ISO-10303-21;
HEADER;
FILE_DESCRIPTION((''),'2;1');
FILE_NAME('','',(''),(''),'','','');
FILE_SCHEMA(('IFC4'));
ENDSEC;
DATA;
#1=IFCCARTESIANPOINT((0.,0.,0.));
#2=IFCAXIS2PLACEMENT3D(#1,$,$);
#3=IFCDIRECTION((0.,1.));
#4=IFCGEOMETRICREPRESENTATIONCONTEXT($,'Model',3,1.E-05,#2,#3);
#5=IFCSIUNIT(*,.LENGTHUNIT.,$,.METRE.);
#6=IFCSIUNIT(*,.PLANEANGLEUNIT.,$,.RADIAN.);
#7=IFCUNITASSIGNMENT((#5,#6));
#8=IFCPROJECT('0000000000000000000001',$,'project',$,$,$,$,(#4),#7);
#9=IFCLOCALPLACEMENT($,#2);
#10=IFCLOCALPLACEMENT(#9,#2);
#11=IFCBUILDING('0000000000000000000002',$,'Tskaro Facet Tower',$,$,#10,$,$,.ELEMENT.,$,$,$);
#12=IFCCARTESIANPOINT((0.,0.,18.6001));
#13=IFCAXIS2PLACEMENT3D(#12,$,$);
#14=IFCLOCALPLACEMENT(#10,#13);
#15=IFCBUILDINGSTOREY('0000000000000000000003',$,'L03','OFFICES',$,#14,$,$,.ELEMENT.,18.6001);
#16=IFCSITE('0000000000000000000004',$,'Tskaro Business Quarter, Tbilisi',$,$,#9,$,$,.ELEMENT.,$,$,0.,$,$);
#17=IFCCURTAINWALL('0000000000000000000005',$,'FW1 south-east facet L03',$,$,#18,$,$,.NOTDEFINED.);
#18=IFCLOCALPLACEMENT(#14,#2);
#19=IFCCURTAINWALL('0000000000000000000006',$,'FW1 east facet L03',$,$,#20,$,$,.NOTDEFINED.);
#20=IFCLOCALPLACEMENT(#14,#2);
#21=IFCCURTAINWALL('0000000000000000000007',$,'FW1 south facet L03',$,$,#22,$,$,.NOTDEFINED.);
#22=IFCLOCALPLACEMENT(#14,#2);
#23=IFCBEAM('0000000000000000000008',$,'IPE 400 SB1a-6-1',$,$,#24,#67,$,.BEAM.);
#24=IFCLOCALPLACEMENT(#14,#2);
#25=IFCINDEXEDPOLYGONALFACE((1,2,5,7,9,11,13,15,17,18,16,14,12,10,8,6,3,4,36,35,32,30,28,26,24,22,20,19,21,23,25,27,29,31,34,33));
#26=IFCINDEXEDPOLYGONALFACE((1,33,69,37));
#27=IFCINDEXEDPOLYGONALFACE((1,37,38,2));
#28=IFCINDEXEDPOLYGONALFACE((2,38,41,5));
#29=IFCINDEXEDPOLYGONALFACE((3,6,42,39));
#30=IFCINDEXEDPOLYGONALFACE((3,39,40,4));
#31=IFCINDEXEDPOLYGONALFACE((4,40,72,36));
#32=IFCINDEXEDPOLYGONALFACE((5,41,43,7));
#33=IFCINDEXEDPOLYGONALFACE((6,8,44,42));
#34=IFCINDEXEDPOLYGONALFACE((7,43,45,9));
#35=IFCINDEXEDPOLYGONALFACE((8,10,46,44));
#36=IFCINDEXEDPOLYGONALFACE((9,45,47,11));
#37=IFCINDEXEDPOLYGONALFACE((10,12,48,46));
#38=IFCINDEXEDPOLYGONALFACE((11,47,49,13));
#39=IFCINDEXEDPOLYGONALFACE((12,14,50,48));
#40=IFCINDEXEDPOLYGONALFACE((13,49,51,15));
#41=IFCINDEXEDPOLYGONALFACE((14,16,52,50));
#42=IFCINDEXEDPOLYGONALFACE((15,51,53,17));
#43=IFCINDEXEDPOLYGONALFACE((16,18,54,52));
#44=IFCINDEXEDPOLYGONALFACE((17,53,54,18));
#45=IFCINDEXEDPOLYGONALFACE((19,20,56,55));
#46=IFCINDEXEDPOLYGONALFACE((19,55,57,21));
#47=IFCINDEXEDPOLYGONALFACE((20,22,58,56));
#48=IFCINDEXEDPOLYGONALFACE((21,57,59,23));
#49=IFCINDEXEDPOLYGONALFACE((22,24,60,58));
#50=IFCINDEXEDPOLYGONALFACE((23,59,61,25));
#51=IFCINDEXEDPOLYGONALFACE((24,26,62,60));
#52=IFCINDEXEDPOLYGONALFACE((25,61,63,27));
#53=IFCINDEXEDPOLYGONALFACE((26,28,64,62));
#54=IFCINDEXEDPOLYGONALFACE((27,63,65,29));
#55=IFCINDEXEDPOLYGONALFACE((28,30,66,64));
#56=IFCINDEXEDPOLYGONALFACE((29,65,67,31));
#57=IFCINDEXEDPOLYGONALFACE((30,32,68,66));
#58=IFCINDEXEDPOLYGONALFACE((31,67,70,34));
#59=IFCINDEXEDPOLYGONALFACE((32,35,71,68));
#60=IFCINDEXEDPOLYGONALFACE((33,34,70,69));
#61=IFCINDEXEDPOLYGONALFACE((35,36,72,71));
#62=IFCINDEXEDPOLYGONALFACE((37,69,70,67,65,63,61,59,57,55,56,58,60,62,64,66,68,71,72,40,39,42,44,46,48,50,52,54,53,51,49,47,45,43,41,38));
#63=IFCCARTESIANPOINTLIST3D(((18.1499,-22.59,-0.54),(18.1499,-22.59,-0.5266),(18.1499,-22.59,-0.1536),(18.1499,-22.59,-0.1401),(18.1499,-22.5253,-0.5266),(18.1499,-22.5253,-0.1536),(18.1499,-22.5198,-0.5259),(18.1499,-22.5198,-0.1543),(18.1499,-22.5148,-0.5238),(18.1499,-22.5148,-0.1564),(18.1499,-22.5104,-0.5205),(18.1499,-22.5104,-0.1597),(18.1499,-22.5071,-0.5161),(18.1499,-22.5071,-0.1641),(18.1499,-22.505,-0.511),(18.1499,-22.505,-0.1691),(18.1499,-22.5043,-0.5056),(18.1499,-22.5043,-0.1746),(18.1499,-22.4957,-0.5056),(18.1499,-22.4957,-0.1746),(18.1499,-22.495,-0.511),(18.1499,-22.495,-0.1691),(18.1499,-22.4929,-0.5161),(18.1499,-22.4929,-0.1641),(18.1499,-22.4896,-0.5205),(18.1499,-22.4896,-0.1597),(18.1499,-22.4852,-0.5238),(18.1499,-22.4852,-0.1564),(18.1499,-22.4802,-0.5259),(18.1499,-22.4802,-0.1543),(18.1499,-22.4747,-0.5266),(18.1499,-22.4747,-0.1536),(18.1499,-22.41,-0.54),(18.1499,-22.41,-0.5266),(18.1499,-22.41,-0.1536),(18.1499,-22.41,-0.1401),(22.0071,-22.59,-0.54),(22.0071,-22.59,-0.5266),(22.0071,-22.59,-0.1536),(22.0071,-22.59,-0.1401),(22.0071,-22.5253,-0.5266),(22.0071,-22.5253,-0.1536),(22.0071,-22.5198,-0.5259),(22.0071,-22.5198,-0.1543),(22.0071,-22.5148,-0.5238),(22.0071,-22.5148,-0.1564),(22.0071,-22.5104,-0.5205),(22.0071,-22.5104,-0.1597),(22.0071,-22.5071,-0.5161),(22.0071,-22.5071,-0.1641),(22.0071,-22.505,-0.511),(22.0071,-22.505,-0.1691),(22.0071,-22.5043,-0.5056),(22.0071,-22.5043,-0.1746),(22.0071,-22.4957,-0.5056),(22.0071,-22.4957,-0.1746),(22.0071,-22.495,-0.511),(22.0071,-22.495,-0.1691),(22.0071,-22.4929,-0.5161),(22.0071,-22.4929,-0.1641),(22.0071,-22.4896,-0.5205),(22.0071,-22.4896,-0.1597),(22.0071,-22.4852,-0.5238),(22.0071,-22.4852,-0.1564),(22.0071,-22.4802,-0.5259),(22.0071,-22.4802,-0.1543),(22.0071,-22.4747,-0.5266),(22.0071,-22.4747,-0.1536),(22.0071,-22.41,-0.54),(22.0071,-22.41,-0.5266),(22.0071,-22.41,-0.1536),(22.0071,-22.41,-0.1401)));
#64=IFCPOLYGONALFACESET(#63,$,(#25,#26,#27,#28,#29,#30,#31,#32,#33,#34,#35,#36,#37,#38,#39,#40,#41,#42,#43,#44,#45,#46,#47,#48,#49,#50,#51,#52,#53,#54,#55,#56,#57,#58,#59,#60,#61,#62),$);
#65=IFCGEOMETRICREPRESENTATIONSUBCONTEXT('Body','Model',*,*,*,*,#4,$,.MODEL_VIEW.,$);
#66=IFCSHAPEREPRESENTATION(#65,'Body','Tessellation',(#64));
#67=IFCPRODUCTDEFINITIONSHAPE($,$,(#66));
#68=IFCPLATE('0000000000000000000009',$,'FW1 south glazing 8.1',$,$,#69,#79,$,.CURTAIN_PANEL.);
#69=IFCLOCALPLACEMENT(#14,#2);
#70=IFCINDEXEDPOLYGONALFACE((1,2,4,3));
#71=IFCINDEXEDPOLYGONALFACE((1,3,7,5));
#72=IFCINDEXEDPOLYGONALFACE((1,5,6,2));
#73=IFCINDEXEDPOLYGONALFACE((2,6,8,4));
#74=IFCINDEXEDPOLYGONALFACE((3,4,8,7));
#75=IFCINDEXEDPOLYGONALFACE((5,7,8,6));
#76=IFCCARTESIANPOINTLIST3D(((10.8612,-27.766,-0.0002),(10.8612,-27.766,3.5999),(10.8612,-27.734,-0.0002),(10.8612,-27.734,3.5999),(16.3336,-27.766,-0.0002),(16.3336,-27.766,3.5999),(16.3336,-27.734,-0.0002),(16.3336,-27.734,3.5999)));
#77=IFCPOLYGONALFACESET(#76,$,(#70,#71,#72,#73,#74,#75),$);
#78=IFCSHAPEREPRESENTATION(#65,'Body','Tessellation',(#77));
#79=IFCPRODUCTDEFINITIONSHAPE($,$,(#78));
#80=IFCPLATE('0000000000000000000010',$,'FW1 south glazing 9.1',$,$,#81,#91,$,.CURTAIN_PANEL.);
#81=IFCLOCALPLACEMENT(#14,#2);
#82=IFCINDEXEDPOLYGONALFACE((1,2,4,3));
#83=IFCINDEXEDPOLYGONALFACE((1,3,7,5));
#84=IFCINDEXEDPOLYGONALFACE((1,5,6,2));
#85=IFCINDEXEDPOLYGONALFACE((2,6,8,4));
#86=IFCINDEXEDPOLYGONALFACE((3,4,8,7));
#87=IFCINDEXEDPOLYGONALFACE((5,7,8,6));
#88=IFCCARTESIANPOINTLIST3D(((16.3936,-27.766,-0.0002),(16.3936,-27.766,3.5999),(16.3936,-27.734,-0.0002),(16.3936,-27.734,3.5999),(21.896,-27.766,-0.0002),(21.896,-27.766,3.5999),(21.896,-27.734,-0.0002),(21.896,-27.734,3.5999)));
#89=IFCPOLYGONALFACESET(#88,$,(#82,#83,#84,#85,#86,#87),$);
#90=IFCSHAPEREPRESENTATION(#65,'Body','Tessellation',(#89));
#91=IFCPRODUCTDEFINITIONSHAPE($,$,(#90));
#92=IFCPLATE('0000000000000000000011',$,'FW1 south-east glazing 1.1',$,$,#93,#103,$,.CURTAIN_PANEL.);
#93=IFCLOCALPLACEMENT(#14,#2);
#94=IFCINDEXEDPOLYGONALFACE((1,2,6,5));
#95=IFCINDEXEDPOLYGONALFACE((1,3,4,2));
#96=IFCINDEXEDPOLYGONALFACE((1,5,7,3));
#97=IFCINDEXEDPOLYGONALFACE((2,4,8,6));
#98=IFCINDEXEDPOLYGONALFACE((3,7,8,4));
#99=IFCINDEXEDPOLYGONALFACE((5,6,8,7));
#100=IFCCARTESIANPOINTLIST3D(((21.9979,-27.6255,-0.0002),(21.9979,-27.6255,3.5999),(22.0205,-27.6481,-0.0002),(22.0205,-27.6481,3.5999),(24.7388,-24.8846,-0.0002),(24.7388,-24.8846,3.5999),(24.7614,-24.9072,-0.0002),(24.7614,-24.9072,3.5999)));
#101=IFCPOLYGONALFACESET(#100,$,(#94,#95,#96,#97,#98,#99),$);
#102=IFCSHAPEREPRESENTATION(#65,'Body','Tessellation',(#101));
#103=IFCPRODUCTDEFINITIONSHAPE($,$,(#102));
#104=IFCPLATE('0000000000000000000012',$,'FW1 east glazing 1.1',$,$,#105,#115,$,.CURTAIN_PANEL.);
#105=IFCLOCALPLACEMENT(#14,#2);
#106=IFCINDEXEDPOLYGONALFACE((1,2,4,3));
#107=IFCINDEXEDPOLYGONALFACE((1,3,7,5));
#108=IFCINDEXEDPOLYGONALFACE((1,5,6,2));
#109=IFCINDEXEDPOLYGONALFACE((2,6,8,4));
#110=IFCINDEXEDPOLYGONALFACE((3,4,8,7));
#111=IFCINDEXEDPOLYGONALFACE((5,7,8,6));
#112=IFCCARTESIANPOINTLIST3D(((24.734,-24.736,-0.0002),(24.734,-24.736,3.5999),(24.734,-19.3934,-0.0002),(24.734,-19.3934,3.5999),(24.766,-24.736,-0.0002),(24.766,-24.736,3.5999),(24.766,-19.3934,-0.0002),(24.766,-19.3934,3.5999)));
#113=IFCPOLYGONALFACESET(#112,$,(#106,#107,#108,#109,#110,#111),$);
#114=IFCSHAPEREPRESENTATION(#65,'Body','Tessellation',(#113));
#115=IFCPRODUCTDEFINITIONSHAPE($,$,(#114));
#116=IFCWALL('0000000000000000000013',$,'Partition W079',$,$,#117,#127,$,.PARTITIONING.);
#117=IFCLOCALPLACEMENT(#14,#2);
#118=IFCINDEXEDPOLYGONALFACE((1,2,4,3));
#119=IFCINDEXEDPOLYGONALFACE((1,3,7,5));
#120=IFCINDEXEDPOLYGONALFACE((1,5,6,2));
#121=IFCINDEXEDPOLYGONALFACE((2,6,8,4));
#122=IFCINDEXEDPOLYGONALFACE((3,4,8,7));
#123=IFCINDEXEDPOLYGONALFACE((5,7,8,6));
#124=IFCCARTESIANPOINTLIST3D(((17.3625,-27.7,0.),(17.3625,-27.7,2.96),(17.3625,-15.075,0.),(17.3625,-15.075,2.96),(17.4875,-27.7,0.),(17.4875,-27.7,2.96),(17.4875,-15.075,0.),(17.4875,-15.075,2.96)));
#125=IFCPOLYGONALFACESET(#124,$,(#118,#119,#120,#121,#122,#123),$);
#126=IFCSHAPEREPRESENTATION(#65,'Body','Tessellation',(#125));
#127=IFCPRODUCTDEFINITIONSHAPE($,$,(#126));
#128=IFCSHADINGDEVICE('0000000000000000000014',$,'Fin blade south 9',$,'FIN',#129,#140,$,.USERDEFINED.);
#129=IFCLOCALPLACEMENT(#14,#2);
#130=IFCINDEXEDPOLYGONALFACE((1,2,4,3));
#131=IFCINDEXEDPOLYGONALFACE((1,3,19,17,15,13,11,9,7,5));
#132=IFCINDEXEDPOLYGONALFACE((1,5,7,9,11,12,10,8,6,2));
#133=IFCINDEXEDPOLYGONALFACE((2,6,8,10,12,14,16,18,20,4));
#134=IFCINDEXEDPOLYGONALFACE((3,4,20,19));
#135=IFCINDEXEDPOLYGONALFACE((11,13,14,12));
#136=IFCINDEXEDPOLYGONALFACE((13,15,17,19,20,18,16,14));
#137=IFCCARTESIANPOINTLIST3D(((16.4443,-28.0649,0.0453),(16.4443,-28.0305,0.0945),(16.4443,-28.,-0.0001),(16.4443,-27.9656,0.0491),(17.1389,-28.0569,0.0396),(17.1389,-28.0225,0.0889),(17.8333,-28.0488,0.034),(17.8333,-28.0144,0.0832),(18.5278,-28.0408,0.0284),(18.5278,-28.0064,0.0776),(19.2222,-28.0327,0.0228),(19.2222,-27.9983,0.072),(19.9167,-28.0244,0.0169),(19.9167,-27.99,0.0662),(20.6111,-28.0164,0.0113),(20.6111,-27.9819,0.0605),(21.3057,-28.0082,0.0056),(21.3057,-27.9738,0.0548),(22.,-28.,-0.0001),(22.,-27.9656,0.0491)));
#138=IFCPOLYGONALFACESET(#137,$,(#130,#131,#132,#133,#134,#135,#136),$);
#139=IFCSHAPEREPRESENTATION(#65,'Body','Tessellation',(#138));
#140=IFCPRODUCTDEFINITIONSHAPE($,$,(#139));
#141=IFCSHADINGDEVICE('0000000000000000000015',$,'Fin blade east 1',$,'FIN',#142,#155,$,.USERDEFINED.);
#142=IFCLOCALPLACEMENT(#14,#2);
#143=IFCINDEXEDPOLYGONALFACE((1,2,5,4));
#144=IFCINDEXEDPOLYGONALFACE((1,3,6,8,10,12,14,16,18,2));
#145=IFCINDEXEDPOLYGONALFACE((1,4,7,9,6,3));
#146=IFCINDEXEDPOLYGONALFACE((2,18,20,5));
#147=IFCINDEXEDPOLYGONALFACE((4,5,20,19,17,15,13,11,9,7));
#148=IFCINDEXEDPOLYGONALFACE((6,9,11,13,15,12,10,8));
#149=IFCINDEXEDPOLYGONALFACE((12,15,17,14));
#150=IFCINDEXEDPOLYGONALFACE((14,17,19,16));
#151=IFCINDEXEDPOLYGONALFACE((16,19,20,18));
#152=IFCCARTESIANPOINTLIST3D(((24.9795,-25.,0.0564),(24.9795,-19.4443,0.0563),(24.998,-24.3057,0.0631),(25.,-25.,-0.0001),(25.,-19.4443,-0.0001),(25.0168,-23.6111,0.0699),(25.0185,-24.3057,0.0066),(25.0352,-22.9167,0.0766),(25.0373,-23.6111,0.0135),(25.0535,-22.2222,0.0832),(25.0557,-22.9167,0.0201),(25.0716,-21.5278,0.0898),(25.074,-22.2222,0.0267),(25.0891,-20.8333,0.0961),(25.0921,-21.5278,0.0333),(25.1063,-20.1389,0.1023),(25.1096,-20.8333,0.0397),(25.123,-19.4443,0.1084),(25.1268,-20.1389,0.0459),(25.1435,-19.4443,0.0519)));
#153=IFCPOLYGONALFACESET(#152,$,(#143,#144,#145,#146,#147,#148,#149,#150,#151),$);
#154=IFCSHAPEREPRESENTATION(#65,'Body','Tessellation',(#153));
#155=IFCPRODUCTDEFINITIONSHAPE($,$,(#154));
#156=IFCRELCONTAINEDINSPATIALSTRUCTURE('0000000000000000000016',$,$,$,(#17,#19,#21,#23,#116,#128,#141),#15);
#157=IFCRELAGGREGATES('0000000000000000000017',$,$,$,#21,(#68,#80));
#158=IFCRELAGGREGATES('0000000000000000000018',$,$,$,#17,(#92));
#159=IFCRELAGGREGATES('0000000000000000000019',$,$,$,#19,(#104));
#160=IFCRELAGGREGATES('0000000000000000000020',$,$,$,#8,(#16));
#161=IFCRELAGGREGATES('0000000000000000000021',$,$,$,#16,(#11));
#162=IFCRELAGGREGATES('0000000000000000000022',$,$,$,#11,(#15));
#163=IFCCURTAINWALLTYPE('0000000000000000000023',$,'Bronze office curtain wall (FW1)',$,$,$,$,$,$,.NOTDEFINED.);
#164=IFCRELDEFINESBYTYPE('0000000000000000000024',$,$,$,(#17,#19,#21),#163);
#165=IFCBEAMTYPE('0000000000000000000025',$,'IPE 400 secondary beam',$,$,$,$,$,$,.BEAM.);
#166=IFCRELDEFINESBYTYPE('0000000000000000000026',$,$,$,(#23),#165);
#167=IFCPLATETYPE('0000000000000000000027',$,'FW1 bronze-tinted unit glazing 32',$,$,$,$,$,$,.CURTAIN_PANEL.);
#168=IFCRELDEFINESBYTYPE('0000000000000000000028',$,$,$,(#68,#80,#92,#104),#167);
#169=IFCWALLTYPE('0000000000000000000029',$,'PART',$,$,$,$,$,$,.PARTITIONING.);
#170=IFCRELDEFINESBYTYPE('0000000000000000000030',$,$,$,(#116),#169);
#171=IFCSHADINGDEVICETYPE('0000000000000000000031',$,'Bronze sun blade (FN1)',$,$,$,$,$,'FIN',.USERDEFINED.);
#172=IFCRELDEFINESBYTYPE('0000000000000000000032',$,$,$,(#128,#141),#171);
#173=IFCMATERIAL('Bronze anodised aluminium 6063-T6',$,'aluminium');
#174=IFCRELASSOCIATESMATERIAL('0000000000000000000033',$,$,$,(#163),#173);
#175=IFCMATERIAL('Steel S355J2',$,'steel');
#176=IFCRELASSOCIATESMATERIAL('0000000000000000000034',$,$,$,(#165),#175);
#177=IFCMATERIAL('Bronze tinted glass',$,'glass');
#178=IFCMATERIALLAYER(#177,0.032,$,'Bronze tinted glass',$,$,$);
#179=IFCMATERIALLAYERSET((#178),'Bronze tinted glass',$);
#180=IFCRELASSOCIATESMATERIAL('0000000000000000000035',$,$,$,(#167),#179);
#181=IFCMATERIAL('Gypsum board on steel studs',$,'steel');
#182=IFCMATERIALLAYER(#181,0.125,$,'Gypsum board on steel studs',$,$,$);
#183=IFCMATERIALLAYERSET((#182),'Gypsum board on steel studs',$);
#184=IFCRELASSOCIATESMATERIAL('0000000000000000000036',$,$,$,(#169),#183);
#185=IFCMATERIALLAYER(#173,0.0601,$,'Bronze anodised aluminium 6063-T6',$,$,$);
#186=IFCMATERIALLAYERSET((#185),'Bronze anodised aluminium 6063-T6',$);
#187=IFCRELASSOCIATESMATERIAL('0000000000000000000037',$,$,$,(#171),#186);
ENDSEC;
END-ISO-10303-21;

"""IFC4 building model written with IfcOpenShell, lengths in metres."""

from ifc_helpers import new_model, si_unit, direction, frame, frame_2d, origin, origin_2d, place, context, subcontext, project, spatial, polyline, rectangle, i_section, outline, extrude, material, layer, layer_set, material_profile, profile_set, type_object, element, aggregate, save


model = new_model("IFC4")

# Units and contexts
model_context = context("Model", 3, precision=1e-05, world=origin(), true_north=direction((0.0, 1.0)))
body_context = subcontext(model_context, "Body", "Model", "MODEL_VIEW")
ifc_project = project(units=[si_unit("LENGTHUNIT", "METRE"), si_unit("PLANEANGLEUNIT", "RADIAN")], contexts=[model_context])

# Site, building, storey
site_placement = place(None, origin())
site = spatial("IfcSite", under=ifc_project, at=site_placement, Name="Tskaro Business Quarter, Tbilisi", CompositionType="ELEMENT", RefElevation=0.0)
building_placement = place(site_placement, origin())
building = spatial("IfcBuilding", under=site, at=building_placement, Name="Tskaro Facet Tower", CompositionType="ELEMENT")
storey_placement = place(building_placement, frame((0.0, 0.0, 18.6001)))
storey = spatial("IfcBuildingStorey", under=building, at=storey_placement, Name="L03", Description="OFFICES", CompositionType="ELEMENT", Elevation=18.6001)

# Curtain walls
ifc_material_1 = material(Name="Bronze anodised aluminium 6063-T6", Category="aluminium")
curtain_wall_type = type_object("IfcCurtainWallType", Name="Bronze office curtain wall (FW1)", PredefinedType="NOTDEFINED", material=ifc_material_1)
curtain_wall_1_placement = place(storey_placement, origin())
curtain_wall_1 = element("IfcCurtainWall", 1, at=curtain_wall_1_placement, inside=storey, type_object=curtain_wall_type, Name="FW1 south-east facet L03", PredefinedType="NOTDEFINED")
curtain_wall_2_placement = place(storey_placement, origin())
curtain_wall_2 = element("IfcCurtainWall", 2, at=curtain_wall_2_placement, inside=storey, type_object=curtain_wall_type, Name="FW1 east facet L03", PredefinedType="NOTDEFINED")
curtain_wall_3_placement = place(storey_placement, origin())
curtain_wall_3 = element("IfcCurtainWall", 3, at=curtain_wall_3_placement, inside=storey, type_object=curtain_wall_type, Name="FW1 south facet L03", PredefinedType="NOTDEFINED")

# Beam
ifc_material_2 = material(Name="Steel S355J2", Category="steel")
ifc_material_profile_1 = material_profile(ifc_material_2, i_section(OverallWidth=0.1799, OverallDepth=0.3999, WebThickness=0.0085, FlangeThickness=0.0134, FilletRadius=0.021, at=origin_2d()), Name="IPE 400")
ifc_profile_set_1 = profile_set([ifc_material_profile_1], Name="Steel S355J2")
beam_type_1 = type_object("IfcBeamType", Name="IPE 400 secondary beam", PredefinedType="BEAM", material=ifc_profile_set_1)
beam_1_placement = place(storey_placement, frame((18.1499, -22.5, -0.3401), z_axis=(1.0, 0.0, 0.0), x_axis=(0.0, 1.0, 0.0)))
element("IfcBeam", 4, at=beam_1_placement, inside=storey, type_object=beam_type_1, Name="IPE 400 SB1a-6-1", PredefinedType="BEAM", context=body_context, shape_type="SweptSolid", body=[
    extrude(i_section(OverallWidth=0.1799, OverallDepth=0.3999, WebThickness=0.0085, FlangeThickness=0.0134, FilletRadius=0.021, at=origin_2d()), origin(), (0.0, 0.0, 1.0), 3.8572),
])

# Plates
ifc_material_3 = material(Name="Bronze tinted glass", Category="glass")
ifc_layer_1 = layer(ifc_material_3, 0.032, Name="Bronze tinted glass")
ifc_layer_set_1 = layer_set([ifc_layer_1], Name="Bronze tinted glass")
plate_type = type_object("IfcPlateType", Name="FW1 bronze-tinted unit glazing 32", PredefinedType="CURTAIN_PANEL", material=ifc_layer_set_1)
plate_1_placement = place(storey_placement, frame((13.5974, -27.75, -0.0002), z_axis=(0.0, 0.0, 1.0), x_axis=(1.0, 0.0, 0.0)))
plate_1 = element("IfcPlate", 5, at=plate_1_placement, type_object=plate_type, Name="FW1 south glazing 8.1", PredefinedType="CURTAIN_PANEL", context=body_context, shape_type="SweptSolid", body=[
    extrude(rectangle(XDim=5.4724, YDim=0.032, at=origin_2d()), origin(), (0.0, 0.0, 1.0), 3.6001),
])
plate_2_placement = place(storey_placement, frame((19.1448, -27.75, -0.0002), z_axis=(0.0, 0.0, 1.0), x_axis=(1.0, 0.0, 0.0)))
plate_2 = element("IfcPlate", 6, at=plate_2_placement, type_object=plate_type, Name="FW1 south glazing 9.1", PredefinedType="CURTAIN_PANEL", context=body_context, shape_type="SweptSolid", body=[
    extrude(rectangle(XDim=5.5024, YDim=0.032, at=origin_2d()), origin(), (0.0, 0.0, 1.0), 3.6001),
])
aggregate(curtain_wall_3, [plate_1, plate_2])
plate_3_placement = place(storey_placement, frame((23.3796, -26.2664, -0.0002), z_axis=(0.0, 0.0, 1.0), x_axis=(0.707107, 0.707107, 0.0)))
plate_3 = element("IfcPlate", 7, at=plate_3_placement, type_object=plate_type, Name="FW1 south-east glazing 1.1", PredefinedType="CURTAIN_PANEL", context=body_context, shape_type="SweptSolid", body=[
    extrude(rectangle(XDim=3.8762, YDim=0.032, at=origin_2d()), origin(), (0.0, 0.0, 1.0), 3.6001),
])
aggregate(curtain_wall_1, [plate_3])
plate_4_placement = place(storey_placement, frame((24.75, -22.0647, -0.0002), z_axis=(0.0, 0.0, 1.0), x_axis=(0.0, 1.0, 0.0)))
plate_4 = element("IfcPlate", 8, at=plate_4_placement, type_object=plate_type, Name="FW1 east glazing 1.1", PredefinedType="CURTAIN_PANEL", context=body_context, shape_type="SweptSolid", body=[
    extrude(rectangle(XDim=5.3425, YDim=0.032, at=origin_2d()), origin(), (0.0, 0.0, 1.0), 3.6001),
])
aggregate(curtain_wall_2, [plate_4])

# Wall
ifc_material_4 = material(Name="Gypsum board on steel studs", Category="steel")
ifc_layer_2 = layer(ifc_material_4, 0.125, Name="Gypsum board on steel studs")
ifc_layer_set_2 = layer_set([ifc_layer_2], Name="Gypsum board on steel studs")
wall_type = type_object("IfcWallType", Name="PART", PredefinedType="PARTITIONING", material=ifc_layer_set_2)
wall_placement = place(storey_placement, frame((17.425, -27.7, 0.0), z_axis=(0.0, 0.0, 1.0), x_axis=(0.0, 1.0, 0.0)))
element("IfcWall", 9, at=wall_placement, inside=storey, type_object=wall_type, Name="Partition W079", PredefinedType="PARTITIONING", context=body_context, shape_type="SweptSolid", body=[
    extrude(rectangle(XDim=12.625, YDim=0.125, at=frame_2d((6.3125, 0.0))), origin(), (0.0, 0.0, 1.0), 2.96),
])

# Shading devices
ifc_layer_3 = layer(ifc_material_1, 0.0601, Name="Bronze anodised aluminium 6063-T6")
ifc_layer_set_3 = layer_set([ifc_layer_3], Name="Bronze anodised aluminium 6063-T6")
shading_device_type = type_object("IfcShadingDeviceType", Name="Bronze sun blade (FN1)", ElementType="FIN", PredefinedType="USERDEFINED", material=ifc_layer_set_3)
shading_device_1_placement = place(storey_placement, frame((16.4443, -27.9656, 0.0491), z_axis=(-0.000002, 0.573153, 0.819448), x_axis=(1.0, 0.000001, 0.000001)))
element("IfcShadingDevice", 10, at=shading_device_1_placement, inside=storey, type_object=shading_device_type, Name="Fin blade south 9", ObjectType="FIN", PredefinedType="USERDEFINED", context=body_context, shape_type="SweptSolid", body=[
    extrude(outline(polyline([(0.0, 0.0), (5.5557, 0.0), (4.8613, -0.01), (4.1667, -0.02), (3.4724, -0.0298), (2.7778, -0.04), (2.0835, -0.0498), (1.3889, -0.0596), (0.6946, -0.0694), (0.0, -0.0792), (0.0, 0.0)])), origin(), (0.0, 0.0, -1.0), 0.0601),
])
shading_device_2_placement = place(storey_placement, frame((24.9795, -25.0, 0.0564), z_axis=(-0.341098, 0.000014, 0.940028), x_axis=(0.000005, 1.0, -0.000013)))
element("IfcShadingDevice", 11, at=shading_device_2_placement, inside=storey, type_object=shading_device_type, Name="Fin blade east 1", ObjectType="FIN", PredefinedType="USERDEFINED", context=body_context, shape_type="SweptSolid", body=[
    extrude(outline(polyline([(0.0, 0.0), (5.5557, 0.0), (5.5557, -0.1527), (4.8611, -0.1348), (4.1667, -0.1166), (3.4722, -0.0979), (2.7778, -0.0787), (2.0833, -0.0592), (1.3889, -0.0397), (0.6943, -0.0197), (0.0, 0.0)])), origin(), (0.0, 0.0, -1.0), 0.0601),
])

save(model, "model.ifc")
